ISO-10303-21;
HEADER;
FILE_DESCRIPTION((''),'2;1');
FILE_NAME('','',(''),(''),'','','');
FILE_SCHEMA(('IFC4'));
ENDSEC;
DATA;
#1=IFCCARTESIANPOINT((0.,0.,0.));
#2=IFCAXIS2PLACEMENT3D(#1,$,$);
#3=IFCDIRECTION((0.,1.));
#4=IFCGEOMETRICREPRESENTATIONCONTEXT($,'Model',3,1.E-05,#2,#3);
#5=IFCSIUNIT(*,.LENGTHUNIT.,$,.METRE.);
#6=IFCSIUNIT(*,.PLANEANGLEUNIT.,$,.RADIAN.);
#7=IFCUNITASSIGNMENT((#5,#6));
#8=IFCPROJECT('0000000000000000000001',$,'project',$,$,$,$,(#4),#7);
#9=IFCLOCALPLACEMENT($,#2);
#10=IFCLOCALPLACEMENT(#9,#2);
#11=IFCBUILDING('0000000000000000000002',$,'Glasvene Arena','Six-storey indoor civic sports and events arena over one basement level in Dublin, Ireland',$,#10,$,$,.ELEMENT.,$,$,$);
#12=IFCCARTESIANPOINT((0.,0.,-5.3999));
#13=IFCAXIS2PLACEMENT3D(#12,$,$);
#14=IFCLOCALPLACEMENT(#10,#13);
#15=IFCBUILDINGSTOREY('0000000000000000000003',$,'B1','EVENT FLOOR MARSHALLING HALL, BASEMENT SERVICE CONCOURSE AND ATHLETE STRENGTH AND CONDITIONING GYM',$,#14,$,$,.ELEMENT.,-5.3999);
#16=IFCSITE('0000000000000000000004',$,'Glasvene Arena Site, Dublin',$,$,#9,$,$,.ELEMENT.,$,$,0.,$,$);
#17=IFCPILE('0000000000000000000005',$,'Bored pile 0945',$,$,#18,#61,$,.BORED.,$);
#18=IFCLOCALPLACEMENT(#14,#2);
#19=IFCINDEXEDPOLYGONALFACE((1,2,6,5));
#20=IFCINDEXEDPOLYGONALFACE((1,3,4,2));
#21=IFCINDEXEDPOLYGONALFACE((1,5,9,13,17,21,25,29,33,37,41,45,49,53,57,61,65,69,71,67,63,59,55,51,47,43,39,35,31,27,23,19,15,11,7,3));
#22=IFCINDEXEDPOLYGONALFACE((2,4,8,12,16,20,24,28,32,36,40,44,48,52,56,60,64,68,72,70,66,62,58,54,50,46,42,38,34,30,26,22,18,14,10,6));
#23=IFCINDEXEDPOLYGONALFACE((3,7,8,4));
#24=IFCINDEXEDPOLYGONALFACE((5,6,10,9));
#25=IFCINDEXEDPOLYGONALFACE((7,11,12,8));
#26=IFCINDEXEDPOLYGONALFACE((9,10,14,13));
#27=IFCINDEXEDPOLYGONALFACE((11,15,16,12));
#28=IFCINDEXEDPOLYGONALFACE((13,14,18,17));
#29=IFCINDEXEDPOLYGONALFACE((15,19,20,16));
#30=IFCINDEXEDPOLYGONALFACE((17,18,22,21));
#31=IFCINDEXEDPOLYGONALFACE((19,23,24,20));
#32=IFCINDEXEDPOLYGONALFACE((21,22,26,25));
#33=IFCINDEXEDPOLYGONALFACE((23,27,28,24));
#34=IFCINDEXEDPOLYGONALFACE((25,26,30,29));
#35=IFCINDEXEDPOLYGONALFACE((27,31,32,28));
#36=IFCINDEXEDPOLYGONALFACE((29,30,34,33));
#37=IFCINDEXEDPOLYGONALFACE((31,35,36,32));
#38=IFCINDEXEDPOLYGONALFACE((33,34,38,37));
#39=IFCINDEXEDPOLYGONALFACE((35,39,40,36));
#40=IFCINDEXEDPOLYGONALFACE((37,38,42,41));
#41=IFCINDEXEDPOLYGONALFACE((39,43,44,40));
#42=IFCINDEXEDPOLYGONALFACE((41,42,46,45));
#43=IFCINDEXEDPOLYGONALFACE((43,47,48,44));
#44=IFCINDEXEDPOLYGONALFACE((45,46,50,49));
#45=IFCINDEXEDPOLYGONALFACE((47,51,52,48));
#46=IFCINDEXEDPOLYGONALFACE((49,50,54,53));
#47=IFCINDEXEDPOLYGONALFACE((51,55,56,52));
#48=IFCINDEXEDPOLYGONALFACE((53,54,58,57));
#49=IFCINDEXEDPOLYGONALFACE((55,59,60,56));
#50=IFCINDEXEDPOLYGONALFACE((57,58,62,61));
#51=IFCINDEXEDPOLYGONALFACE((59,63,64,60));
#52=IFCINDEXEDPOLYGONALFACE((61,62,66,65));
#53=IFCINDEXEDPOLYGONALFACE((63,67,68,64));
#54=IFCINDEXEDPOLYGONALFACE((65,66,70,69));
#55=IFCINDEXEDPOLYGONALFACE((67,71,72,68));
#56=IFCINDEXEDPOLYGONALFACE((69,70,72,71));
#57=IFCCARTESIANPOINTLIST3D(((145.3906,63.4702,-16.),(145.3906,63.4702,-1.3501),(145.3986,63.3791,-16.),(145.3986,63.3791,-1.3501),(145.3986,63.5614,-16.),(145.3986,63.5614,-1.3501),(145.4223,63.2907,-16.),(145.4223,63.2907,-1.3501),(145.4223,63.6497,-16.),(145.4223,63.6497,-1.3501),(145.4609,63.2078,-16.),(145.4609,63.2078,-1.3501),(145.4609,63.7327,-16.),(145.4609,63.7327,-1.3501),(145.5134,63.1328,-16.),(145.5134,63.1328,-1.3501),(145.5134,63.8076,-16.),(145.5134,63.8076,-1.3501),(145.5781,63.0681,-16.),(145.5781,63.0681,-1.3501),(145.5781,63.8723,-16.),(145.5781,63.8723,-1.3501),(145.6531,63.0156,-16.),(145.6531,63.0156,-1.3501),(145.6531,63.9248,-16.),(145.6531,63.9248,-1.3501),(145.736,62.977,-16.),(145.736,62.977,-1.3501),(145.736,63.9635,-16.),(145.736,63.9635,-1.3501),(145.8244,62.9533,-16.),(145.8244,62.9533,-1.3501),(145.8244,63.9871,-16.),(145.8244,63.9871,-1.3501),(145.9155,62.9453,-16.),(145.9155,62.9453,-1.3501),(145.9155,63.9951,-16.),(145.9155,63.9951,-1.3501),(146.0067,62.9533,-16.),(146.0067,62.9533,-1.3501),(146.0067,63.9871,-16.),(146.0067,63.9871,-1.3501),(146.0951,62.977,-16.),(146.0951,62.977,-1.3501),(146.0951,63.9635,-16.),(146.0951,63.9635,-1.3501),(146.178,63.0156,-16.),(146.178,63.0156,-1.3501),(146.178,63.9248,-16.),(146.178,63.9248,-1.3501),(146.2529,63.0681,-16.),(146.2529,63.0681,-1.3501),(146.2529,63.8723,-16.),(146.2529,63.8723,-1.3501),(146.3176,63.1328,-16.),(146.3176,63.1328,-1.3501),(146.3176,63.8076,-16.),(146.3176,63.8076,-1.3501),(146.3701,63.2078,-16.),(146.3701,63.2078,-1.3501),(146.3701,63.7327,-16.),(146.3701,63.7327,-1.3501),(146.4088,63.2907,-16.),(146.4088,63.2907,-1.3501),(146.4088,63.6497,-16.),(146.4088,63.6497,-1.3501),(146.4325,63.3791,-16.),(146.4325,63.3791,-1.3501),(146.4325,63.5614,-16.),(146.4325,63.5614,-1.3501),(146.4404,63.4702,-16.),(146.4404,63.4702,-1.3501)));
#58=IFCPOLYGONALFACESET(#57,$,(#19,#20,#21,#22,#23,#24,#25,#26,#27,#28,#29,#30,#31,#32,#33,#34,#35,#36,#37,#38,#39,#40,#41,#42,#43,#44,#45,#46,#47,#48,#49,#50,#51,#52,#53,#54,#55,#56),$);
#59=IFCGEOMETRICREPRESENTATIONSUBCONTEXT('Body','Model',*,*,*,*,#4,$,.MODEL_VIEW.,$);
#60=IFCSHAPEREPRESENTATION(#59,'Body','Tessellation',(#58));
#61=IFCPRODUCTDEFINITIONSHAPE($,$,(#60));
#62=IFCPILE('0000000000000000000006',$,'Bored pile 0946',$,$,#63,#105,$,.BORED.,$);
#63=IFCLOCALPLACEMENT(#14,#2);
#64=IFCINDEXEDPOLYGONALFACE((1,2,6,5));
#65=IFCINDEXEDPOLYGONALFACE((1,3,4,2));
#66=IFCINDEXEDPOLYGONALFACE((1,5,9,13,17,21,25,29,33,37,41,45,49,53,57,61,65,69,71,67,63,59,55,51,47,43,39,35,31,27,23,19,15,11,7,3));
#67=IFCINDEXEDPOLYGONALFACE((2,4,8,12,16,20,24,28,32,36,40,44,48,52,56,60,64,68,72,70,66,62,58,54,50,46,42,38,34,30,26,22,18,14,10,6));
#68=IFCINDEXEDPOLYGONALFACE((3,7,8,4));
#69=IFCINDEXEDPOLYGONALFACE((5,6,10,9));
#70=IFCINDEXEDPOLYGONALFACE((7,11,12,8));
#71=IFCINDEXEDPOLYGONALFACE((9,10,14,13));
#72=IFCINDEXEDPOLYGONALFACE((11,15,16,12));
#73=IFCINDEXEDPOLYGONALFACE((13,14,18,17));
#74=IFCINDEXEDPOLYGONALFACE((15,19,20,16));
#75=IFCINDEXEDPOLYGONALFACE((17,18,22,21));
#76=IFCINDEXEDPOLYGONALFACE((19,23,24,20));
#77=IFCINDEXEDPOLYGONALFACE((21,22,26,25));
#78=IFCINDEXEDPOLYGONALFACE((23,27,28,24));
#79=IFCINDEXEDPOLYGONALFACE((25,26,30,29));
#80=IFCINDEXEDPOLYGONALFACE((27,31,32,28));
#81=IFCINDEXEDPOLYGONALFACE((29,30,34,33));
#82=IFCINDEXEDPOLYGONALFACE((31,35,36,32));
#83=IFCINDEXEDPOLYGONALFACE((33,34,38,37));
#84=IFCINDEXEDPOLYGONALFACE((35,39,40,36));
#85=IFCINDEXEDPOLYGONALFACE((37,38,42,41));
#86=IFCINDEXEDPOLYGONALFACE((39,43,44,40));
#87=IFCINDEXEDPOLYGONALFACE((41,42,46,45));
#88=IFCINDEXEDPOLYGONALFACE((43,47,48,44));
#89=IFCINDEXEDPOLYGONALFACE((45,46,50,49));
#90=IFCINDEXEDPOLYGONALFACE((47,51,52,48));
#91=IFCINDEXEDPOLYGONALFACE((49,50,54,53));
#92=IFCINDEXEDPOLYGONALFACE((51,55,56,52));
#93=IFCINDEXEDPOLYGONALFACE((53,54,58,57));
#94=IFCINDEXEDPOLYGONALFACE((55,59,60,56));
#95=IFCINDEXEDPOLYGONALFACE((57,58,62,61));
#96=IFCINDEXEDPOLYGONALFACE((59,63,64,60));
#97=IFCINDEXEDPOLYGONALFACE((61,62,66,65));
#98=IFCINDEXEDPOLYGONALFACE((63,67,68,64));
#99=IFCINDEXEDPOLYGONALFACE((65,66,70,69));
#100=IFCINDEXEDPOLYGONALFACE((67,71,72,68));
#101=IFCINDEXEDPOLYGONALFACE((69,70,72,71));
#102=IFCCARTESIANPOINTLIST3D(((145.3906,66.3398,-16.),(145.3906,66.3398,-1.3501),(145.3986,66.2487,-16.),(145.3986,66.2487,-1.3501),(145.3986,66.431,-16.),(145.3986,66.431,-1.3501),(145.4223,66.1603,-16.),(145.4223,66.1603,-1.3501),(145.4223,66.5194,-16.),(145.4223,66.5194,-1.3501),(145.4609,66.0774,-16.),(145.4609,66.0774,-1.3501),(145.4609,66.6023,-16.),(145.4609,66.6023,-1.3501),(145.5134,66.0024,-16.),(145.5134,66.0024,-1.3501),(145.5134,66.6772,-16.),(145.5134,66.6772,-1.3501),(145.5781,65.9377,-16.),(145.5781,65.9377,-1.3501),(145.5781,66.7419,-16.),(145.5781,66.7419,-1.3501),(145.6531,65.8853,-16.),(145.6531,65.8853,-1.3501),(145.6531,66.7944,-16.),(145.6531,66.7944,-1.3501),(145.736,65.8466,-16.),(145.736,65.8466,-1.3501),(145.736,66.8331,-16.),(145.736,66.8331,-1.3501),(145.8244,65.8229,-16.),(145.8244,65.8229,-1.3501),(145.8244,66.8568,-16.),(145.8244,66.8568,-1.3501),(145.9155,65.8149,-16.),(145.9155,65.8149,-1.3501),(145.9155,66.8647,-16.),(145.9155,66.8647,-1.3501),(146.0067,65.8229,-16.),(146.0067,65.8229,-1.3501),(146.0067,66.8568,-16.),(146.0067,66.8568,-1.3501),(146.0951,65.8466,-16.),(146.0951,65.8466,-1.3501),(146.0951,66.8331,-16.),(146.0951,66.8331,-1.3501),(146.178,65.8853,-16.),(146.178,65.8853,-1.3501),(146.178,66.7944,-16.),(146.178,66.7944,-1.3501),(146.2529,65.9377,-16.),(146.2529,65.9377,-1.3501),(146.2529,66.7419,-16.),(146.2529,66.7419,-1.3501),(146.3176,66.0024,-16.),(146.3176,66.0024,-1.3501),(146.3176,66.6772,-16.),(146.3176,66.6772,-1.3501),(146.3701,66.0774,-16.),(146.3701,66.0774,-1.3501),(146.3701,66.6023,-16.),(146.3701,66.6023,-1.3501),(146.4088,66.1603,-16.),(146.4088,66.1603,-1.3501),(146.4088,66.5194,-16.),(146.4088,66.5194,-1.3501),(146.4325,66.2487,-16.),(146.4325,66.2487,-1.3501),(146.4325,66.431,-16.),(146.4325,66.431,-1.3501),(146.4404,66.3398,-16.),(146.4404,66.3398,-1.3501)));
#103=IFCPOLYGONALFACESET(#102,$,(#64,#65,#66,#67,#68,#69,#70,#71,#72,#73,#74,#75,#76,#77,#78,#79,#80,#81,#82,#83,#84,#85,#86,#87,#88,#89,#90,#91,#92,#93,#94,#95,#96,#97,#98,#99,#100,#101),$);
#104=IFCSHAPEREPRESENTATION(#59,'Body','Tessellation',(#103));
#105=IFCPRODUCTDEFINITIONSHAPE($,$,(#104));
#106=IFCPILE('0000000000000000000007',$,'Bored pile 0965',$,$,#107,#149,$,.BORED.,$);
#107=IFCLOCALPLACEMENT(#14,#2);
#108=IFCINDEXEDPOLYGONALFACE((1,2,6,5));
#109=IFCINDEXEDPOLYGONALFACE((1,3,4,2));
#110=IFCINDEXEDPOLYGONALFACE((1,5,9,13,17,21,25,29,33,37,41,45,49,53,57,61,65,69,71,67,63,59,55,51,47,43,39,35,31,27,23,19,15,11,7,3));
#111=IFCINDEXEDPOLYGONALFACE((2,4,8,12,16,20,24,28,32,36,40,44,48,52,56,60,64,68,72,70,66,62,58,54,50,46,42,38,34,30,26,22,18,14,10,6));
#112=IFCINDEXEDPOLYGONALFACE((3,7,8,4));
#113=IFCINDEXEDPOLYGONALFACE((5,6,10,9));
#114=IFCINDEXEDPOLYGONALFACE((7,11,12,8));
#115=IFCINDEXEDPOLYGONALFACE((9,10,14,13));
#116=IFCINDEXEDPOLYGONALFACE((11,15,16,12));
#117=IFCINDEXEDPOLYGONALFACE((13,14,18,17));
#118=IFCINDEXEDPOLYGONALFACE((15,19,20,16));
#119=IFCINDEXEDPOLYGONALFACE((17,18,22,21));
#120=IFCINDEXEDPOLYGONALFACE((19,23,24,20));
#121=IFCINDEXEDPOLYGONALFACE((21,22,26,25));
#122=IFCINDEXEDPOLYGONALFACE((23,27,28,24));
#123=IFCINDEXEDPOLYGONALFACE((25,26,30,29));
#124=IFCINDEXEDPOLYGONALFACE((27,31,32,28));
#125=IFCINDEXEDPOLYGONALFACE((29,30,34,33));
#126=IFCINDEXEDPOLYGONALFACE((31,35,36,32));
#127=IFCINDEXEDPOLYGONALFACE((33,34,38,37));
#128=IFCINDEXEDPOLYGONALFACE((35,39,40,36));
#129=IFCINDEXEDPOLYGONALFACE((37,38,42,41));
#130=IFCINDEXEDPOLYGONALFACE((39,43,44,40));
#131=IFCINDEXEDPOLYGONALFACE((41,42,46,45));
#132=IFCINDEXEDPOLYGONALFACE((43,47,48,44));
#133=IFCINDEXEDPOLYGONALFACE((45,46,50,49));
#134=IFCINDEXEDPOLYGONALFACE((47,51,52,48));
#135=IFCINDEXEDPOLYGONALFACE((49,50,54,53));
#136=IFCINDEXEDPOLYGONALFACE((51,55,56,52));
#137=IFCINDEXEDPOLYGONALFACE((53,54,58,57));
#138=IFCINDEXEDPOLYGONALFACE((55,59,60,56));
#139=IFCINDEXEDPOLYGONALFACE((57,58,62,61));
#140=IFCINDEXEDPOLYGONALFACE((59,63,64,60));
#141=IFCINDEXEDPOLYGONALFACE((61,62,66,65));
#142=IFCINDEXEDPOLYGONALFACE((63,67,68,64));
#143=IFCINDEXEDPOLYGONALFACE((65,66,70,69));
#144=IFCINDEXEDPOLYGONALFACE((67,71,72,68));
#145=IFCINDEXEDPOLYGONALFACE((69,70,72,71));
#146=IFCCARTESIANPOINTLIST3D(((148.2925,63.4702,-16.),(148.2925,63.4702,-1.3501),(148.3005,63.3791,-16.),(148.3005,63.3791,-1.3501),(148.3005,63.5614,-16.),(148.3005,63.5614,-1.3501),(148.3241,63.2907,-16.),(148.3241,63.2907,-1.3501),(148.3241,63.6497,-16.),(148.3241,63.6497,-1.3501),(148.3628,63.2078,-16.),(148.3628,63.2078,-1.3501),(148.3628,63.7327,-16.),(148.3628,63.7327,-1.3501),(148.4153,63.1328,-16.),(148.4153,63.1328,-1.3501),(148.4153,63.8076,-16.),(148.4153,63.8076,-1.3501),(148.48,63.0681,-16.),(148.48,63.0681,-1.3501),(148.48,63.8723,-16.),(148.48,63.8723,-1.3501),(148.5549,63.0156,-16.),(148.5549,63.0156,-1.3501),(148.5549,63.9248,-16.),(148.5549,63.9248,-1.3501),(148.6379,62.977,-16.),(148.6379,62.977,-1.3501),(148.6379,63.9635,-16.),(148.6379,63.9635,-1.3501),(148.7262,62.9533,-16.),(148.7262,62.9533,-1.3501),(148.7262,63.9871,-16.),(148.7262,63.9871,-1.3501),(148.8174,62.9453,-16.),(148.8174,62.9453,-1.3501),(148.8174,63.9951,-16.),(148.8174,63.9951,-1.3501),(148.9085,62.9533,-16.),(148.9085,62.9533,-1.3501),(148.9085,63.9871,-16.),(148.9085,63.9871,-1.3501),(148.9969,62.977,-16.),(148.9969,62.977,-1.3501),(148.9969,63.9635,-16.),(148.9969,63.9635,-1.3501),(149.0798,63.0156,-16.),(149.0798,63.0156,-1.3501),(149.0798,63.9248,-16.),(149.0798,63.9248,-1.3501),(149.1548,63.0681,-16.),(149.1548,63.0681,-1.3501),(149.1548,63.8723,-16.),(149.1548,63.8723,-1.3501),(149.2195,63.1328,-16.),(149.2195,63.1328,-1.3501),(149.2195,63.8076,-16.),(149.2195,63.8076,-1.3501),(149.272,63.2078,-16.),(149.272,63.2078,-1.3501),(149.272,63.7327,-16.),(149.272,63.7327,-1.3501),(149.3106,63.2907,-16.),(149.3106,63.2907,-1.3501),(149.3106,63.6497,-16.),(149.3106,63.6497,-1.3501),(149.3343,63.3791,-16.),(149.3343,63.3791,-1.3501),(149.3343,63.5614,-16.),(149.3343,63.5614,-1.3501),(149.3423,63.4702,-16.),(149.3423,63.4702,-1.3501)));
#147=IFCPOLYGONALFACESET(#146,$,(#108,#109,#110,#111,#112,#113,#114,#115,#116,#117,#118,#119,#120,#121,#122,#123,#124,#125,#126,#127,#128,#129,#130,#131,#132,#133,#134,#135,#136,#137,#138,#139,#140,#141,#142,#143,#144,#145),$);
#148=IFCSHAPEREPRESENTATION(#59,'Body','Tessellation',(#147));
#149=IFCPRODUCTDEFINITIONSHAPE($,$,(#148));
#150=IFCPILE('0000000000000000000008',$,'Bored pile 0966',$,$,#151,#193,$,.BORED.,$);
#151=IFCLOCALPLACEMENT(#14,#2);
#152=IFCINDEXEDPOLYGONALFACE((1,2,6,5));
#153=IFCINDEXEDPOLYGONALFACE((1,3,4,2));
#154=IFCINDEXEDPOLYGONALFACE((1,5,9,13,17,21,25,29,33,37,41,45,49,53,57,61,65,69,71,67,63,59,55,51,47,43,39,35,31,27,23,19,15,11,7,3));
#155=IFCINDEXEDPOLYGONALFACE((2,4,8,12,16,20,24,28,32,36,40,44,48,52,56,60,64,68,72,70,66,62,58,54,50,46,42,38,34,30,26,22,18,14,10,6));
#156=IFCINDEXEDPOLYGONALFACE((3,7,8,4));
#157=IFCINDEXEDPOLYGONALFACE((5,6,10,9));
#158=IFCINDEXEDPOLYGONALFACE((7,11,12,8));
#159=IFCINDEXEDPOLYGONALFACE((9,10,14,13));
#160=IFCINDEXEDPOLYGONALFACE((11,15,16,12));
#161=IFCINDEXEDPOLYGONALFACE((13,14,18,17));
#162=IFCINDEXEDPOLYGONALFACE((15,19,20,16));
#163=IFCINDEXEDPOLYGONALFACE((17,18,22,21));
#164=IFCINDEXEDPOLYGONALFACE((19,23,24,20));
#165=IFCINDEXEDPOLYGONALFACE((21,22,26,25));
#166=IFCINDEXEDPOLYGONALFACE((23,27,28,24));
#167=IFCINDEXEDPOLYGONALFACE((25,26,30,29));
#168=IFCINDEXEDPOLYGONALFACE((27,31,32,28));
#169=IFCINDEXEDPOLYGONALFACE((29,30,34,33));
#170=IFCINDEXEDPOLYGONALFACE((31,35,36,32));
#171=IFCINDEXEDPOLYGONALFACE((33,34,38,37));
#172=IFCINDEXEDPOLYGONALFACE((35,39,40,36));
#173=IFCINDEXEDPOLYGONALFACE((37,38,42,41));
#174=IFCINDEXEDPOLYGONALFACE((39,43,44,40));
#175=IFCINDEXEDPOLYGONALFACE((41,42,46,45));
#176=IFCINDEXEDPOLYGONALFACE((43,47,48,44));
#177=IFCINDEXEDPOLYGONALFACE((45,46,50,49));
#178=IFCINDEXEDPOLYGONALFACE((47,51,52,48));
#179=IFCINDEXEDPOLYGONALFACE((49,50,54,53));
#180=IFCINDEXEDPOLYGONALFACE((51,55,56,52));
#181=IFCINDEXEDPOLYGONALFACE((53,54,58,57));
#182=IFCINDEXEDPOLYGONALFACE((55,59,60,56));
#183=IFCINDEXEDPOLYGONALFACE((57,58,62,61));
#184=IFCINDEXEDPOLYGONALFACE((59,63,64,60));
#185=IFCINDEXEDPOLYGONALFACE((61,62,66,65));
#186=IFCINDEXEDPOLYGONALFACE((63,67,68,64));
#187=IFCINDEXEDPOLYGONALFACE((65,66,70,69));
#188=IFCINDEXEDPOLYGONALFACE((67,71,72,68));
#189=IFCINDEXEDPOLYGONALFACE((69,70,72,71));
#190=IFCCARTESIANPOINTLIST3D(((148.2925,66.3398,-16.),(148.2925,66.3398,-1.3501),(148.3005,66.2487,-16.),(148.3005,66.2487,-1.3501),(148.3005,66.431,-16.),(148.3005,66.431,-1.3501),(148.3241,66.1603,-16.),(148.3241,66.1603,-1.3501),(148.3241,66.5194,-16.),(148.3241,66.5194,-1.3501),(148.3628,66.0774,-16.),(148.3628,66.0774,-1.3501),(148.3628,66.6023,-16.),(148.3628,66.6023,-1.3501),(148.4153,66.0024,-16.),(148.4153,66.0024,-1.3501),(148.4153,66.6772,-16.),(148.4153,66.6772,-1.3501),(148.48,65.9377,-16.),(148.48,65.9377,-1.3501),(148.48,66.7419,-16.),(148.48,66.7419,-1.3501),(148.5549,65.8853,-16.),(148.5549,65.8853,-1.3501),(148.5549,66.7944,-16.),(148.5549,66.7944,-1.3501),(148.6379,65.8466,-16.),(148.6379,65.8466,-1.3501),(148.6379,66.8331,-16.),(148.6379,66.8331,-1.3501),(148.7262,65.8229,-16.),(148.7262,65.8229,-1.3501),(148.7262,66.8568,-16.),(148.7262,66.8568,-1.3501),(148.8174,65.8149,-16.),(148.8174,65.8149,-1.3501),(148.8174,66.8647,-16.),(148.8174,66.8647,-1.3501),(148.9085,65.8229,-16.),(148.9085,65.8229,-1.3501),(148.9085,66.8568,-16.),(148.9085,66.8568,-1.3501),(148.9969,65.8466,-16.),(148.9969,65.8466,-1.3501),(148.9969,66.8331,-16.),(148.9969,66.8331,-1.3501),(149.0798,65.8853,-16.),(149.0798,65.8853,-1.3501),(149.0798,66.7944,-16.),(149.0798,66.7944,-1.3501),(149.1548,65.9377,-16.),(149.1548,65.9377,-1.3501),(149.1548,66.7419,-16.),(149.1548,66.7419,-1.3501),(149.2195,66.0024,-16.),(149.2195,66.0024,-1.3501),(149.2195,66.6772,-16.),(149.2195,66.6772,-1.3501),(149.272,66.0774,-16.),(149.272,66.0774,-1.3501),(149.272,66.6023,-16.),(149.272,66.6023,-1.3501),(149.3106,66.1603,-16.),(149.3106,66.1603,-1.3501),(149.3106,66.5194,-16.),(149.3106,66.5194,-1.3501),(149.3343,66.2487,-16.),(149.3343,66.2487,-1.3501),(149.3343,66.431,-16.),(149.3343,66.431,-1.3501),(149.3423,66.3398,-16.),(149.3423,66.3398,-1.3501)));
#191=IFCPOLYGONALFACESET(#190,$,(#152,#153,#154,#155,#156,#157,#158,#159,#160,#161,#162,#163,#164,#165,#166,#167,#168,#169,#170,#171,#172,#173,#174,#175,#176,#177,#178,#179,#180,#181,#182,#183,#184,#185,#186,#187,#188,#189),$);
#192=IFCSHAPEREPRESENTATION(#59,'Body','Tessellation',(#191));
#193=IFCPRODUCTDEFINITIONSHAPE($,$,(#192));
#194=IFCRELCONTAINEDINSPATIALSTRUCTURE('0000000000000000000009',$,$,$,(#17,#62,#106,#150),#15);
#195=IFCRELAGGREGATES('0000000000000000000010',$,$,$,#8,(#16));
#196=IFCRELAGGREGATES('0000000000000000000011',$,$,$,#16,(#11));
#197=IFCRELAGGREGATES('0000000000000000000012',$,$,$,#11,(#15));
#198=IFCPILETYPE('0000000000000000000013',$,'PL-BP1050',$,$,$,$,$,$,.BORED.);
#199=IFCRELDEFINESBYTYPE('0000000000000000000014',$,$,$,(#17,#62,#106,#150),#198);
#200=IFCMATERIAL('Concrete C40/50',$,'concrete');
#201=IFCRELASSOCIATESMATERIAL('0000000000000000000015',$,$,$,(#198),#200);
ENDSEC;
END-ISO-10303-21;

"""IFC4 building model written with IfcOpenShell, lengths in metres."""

from ifc_helpers import new_model, si_unit, direction, frame, origin, origin_2d, place, context, subcontext, project, spatial, circle, extrude, material, material_profile, profile_set, type_object, element, save


model = new_model("IFC4")

# Units and contexts
model_context = context("Model", 3, precision=1e-05, world=origin(), true_north=direction((0.0, 1.0)))
body_context = subcontext(model_context, "Body", "Model", "MODEL_VIEW")
ifc_project = project(units=[si_unit("LENGTHUNIT", "METRE"), si_unit("PLANEANGLEUNIT", "RADIAN")], contexts=[model_context])

# Site, building, storey
site_placement = place(None, origin())
site = spatial("IfcSite", under=ifc_project, at=site_placement, Name="Glasvene Arena Site, Dublin", CompositionType="ELEMENT", RefElevation=0.0)
building_placement = place(site_placement, origin())
building = spatial("IfcBuilding", under=site, at=building_placement, Name="Glasvene Arena", Description="Six-storey indoor civic sports and events arena over one basement level in Dublin, Ireland", CompositionType="ELEMENT")
storey_placement = place(building_placement, frame((0.0, 0.0, -5.3999)))
storey = spatial("IfcBuildingStorey", under=building, at=storey_placement, Name="B1", Description="EVENT FLOOR MARSHALLING HALL, BASEMENT SERVICE CONCOURSE AND ATHLETE STRENGTH AND CONDITIONING GYM", CompositionType="ELEMENT", Elevation=-5.3999)

# Piles
ifc_material_1 = material(Name="Concrete C40/50", Category="concrete")
ifc_material_profile_1 = material_profile(ifc_material_1, circle(Radius=0.5249, at=origin_2d()), Name="BORED PILE 1050")
ifc_profile_set_1 = profile_set([ifc_material_profile_1], Name="Concrete C40/50")
pile_type = type_object("IfcPileType", Name="PL-BP1050", PredefinedType="BORED", material=ifc_profile_set_1)
for number, where, z_axis, x_axis, name in (
    (1, (145.9155, 63.4702, -1.3501), (0.0, 0.0, -1.0), (1.0, 0.0, 0.0), "Bored pile 0945"),
    (2, (145.9155, 66.3398, -1.3501), (0.0, 0.0, -1.0), (1.0, 0.0, 0.0), "Bored pile 0946"),
    (3, (148.8174, 63.4702, -1.3501), (0.0, 0.0, -1.0), (1.0, 0.0, 0.0), "Bored pile 0965"),
    (4, (148.8174, 66.3398, -1.3501), (0.0, 0.0, -1.0), (1.0, 0.0, 0.0), "Bored pile 0966"),
):
    element("IfcPile", number, at=place(storey_placement, frame(where, z_axis=z_axis, x_axis=x_axis)), inside=storey, type_object=pile_type, Name=name, PredefinedType="BORED", context=body_context, shape_type="SweptSolid", body=[
        extrude(circle(Radius=0.5249, at=origin_2d()), origin(), (0.0, 0.0, 1.0), 14.6499),
    ])

save(model, "model.ifc")
